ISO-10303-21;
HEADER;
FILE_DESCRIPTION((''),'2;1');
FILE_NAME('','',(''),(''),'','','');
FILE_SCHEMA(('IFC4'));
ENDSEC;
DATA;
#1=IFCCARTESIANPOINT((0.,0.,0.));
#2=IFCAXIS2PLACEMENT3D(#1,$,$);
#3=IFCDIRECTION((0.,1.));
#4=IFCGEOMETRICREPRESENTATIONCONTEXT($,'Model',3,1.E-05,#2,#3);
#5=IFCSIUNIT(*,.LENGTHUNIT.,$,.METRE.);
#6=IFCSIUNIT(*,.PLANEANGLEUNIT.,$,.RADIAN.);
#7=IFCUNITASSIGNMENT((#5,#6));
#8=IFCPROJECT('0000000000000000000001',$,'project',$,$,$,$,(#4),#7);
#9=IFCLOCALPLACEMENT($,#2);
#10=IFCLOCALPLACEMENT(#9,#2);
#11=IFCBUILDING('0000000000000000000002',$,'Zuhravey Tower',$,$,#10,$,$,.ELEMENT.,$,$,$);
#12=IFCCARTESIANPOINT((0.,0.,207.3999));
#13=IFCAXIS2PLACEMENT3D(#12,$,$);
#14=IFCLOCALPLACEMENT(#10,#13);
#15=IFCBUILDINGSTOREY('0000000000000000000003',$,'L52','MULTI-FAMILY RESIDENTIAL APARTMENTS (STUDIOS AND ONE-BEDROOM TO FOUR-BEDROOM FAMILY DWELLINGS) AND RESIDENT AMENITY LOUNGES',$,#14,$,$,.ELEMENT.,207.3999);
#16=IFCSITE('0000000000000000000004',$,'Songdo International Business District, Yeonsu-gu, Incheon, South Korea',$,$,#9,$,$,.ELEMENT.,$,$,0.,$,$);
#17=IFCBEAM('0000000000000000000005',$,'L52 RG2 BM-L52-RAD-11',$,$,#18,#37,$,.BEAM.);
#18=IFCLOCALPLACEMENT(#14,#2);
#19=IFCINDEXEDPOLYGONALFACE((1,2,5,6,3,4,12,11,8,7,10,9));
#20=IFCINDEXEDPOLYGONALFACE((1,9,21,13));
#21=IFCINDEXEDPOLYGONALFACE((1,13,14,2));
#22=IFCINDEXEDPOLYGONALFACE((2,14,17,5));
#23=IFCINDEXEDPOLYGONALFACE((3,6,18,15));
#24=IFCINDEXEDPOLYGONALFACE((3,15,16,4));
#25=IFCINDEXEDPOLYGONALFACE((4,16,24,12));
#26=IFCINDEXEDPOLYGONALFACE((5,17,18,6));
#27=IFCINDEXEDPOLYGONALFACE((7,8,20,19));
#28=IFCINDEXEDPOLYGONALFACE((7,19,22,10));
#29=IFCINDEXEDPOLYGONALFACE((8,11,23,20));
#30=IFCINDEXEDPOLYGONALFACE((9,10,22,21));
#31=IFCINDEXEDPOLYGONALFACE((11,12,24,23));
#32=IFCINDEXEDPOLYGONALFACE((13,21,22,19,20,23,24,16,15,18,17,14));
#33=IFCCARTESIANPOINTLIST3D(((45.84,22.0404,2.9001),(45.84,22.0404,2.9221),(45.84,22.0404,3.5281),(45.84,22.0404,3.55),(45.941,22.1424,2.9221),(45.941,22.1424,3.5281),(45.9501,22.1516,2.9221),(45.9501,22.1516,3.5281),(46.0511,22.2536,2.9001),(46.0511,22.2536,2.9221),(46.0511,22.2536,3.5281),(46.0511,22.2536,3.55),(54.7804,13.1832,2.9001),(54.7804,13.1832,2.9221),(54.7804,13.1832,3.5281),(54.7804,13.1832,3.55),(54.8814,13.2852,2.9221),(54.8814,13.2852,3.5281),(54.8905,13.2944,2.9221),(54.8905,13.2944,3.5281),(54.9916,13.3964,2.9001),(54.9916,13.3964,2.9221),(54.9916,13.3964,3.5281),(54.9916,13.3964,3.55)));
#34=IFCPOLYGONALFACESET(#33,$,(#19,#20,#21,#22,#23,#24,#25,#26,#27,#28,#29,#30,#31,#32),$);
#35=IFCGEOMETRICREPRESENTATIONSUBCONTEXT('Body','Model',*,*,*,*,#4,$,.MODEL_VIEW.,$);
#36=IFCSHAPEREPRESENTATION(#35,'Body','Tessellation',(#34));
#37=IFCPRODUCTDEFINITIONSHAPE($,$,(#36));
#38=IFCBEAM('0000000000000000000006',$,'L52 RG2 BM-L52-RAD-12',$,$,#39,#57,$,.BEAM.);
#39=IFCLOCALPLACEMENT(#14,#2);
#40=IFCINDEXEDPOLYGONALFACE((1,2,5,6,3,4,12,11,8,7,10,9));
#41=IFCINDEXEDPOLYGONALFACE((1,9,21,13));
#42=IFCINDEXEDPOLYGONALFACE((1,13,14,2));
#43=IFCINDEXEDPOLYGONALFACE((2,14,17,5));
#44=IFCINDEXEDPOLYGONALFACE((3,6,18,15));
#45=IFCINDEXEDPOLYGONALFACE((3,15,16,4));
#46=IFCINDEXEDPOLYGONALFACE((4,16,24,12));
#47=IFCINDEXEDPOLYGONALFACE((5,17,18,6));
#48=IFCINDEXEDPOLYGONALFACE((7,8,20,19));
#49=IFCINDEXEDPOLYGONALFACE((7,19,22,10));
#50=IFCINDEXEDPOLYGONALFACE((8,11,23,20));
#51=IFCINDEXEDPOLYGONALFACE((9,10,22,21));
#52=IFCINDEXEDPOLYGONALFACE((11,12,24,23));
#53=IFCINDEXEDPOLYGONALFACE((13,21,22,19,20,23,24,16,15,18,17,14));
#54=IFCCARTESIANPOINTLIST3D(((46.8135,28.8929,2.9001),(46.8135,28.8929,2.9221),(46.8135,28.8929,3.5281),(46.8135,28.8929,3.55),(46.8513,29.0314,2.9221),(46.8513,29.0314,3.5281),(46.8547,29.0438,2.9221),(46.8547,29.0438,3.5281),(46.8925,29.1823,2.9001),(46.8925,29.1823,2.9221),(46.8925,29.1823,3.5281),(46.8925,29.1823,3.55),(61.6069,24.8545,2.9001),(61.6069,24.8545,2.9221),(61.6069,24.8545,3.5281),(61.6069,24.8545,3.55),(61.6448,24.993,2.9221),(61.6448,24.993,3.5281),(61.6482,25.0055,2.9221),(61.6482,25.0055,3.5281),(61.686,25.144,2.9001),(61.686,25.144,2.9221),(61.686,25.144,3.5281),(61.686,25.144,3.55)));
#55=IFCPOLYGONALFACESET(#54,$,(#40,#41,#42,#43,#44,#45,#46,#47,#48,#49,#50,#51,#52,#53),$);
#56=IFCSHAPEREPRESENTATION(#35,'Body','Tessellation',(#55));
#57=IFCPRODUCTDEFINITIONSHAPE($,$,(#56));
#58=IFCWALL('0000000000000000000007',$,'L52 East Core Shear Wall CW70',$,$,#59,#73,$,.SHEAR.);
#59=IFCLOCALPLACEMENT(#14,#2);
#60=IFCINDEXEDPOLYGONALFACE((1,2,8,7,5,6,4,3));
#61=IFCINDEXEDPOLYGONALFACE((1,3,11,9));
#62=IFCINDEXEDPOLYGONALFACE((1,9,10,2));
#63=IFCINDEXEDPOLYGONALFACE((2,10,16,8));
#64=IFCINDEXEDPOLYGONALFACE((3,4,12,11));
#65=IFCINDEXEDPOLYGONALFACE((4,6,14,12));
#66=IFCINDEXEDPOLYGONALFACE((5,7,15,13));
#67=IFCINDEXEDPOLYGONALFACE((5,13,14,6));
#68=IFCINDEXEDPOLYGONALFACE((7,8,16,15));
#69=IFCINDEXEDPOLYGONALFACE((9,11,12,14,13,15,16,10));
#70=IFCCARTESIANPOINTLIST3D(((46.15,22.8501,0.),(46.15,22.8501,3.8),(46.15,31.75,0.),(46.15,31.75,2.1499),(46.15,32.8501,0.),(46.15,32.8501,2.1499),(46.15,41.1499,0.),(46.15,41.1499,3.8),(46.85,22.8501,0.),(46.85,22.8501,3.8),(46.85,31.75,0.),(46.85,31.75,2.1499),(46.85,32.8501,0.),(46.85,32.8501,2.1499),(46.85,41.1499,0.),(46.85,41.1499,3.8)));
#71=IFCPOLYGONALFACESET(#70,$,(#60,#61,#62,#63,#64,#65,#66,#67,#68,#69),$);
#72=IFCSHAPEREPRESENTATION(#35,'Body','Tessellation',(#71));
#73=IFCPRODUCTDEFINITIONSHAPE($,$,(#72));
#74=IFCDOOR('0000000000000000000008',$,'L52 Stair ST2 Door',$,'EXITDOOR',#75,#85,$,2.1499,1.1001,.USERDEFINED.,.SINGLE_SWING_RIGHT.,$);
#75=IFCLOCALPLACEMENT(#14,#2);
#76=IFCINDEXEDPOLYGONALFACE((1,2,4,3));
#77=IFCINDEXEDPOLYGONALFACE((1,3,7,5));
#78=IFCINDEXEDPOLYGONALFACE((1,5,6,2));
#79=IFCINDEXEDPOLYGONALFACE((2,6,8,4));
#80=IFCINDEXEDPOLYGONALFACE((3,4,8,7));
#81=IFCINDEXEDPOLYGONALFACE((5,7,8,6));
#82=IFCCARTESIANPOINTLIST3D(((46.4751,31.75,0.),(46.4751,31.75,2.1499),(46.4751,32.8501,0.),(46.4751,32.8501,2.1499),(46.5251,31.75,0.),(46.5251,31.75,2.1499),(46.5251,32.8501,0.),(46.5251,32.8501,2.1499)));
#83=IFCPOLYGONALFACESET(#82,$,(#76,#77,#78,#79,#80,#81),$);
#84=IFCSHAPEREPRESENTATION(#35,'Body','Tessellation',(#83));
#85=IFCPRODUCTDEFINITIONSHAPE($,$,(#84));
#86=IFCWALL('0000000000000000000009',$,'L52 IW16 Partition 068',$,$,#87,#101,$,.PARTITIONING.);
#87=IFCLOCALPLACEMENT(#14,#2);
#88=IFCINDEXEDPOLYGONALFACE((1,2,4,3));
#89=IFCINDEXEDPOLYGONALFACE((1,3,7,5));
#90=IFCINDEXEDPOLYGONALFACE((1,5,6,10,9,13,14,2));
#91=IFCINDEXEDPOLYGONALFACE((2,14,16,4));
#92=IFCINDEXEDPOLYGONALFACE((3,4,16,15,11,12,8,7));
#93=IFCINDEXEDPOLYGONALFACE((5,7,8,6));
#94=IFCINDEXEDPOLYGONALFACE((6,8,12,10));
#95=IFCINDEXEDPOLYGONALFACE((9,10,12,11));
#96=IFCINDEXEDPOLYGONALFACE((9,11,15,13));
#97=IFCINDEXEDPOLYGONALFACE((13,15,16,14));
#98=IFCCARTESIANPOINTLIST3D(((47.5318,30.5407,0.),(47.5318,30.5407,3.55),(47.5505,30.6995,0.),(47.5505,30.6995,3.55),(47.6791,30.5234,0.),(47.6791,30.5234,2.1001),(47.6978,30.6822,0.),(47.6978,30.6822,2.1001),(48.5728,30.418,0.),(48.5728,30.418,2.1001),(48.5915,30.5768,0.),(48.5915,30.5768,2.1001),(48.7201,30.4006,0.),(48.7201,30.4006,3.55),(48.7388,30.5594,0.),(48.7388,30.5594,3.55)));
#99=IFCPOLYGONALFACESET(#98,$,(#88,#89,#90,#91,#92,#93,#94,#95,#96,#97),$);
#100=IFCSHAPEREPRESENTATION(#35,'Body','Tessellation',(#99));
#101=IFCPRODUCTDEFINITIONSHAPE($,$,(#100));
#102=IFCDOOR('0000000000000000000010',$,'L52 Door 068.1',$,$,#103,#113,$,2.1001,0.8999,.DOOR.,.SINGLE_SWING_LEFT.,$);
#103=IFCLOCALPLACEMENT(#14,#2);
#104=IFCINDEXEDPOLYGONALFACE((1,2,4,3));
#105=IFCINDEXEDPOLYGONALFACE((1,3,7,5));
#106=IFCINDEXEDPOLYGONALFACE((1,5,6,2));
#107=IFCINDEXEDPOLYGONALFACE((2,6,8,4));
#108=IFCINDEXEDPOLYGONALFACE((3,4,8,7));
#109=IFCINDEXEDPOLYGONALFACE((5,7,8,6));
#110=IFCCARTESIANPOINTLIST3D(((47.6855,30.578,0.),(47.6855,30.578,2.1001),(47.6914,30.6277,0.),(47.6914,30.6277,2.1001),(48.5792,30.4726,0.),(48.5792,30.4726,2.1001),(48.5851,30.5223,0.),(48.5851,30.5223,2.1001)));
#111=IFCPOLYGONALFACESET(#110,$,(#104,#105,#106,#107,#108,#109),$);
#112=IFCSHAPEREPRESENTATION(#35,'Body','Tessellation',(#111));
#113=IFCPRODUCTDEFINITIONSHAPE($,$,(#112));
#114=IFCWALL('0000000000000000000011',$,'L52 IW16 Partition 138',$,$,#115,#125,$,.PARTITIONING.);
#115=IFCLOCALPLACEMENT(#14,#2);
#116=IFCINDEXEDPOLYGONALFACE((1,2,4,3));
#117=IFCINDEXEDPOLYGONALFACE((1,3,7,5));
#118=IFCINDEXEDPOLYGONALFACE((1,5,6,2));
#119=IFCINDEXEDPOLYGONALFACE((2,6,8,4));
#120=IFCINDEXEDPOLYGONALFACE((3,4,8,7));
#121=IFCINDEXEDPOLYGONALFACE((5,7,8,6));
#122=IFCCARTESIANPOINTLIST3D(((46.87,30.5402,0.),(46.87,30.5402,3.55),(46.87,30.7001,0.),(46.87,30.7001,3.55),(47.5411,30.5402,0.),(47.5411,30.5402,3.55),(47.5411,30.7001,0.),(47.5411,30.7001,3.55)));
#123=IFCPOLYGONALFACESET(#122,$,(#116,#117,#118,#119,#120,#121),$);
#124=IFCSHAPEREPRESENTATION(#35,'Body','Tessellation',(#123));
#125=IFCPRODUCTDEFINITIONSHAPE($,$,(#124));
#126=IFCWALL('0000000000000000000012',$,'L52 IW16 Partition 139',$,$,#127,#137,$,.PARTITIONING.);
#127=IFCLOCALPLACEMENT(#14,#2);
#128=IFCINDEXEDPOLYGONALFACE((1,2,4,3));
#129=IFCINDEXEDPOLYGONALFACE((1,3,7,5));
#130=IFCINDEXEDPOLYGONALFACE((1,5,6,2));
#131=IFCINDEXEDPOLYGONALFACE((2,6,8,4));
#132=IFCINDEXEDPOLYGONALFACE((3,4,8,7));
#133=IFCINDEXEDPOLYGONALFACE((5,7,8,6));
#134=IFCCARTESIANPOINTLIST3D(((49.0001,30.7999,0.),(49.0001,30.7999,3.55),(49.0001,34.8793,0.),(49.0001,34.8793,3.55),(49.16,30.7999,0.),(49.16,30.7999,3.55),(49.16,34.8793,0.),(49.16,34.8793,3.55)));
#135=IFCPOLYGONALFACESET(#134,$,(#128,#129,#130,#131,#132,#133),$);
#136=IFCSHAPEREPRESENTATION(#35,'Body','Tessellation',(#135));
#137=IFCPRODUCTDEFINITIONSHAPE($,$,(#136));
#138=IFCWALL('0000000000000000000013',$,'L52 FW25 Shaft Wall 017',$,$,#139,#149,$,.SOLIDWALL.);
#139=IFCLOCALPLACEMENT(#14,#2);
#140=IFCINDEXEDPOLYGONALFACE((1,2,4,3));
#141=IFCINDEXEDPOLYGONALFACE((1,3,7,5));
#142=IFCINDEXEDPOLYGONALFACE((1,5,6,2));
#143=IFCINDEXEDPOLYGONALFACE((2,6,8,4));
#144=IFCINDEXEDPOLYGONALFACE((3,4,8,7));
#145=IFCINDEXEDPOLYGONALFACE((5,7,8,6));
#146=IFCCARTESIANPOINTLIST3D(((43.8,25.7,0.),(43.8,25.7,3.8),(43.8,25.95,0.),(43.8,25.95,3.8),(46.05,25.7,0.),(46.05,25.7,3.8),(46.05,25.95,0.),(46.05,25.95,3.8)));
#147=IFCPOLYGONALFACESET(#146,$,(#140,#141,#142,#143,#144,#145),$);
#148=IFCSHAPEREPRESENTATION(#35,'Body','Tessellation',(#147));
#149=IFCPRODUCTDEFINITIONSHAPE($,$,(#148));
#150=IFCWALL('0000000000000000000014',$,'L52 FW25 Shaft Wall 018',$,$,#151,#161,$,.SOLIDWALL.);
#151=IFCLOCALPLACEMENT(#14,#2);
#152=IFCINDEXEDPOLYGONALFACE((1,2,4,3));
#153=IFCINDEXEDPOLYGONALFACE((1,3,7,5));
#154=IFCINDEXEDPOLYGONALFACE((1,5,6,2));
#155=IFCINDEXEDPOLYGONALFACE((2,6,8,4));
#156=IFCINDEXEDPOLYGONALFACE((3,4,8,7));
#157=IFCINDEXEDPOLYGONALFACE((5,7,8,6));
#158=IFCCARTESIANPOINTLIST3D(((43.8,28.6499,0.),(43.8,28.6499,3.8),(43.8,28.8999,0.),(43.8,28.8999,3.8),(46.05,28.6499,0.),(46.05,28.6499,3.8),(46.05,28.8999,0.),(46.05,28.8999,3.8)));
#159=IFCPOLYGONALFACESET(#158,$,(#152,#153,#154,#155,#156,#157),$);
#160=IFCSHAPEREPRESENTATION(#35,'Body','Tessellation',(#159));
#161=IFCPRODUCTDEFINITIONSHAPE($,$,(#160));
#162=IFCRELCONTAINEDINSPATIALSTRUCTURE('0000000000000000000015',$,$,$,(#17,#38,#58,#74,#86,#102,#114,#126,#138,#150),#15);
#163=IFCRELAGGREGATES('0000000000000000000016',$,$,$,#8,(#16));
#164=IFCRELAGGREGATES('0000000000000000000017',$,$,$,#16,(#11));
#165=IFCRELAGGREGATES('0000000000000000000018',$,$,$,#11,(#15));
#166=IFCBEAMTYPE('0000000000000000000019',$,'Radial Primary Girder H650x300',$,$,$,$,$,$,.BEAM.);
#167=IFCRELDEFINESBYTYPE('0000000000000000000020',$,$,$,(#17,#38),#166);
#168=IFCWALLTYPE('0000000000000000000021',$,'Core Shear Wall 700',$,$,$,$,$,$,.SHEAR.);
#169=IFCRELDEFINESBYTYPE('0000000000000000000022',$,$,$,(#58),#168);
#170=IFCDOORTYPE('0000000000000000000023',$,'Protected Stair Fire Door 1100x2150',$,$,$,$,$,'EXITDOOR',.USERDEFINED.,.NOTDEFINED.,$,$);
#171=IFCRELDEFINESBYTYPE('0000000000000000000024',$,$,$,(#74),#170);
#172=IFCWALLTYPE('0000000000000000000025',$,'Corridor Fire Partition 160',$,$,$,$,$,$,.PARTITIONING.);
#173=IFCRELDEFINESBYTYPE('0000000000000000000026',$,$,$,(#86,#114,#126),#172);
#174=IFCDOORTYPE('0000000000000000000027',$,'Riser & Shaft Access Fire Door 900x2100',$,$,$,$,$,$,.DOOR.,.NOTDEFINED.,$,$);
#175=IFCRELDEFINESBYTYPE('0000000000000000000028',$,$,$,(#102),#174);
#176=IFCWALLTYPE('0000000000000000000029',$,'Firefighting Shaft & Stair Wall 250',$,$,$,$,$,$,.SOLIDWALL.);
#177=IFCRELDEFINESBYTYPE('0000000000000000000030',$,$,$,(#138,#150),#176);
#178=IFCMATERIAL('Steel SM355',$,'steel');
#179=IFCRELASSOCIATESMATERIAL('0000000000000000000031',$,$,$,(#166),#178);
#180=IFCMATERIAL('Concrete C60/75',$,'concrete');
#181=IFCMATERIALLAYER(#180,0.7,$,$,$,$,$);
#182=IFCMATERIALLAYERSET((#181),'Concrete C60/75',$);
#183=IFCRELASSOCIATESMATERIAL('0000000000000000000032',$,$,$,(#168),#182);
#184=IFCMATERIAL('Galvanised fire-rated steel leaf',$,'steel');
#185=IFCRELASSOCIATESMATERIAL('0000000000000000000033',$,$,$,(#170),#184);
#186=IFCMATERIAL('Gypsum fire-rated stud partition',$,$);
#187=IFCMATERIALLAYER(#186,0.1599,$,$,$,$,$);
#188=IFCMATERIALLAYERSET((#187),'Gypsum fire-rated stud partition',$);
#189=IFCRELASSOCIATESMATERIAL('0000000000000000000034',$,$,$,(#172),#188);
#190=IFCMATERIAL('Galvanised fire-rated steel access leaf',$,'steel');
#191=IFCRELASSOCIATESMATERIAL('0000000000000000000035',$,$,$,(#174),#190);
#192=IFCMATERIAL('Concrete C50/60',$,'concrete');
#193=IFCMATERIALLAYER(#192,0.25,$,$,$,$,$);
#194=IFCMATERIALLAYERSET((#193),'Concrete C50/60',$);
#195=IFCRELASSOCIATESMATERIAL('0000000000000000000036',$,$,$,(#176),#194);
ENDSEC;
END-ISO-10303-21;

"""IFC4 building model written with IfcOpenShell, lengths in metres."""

from ifc_helpers import new_model, si_unit, direction, frame, frame_2d, origin, origin_2d, place, context, subcontext, project, spatial, rectangle, i_section, extrude, material, layer, layer_set, material_profile, profile_set, type_object, element, fill, save


model = new_model("IFC4")

# Units and contexts
model_context = context("Model", 3, precision=1e-05, world=origin(), true_north=direction((0.0, 1.0)))
body_context = subcontext(model_context, "Body", "Model", "MODEL_VIEW")
ifc_project = project(units=[si_unit("LENGTHUNIT", "METRE"), si_unit("PLANEANGLEUNIT", "RADIAN")], contexts=[model_context])

# Site, building, storey
site_placement = place(None, origin())
site = spatial("IfcSite", under=ifc_project, at=site_placement, Name="Songdo International Business District, Yeonsu-gu, Incheon, South Korea", CompositionType="ELEMENT", RefElevation=0.0)
building_placement = place(site_placement, origin())
building = spatial("IfcBuilding", under=site, at=building_placement, Name="Zuhravey Tower", CompositionType="ELEMENT")
storey_placement = place(building_placement, frame((0.0, 0.0, 207.3999)))
storey = spatial("IfcBuildingStorey", under=building, at=storey_placement, Name="L52", Description="MULTI-FAMILY RESIDENTIAL APARTMENTS (STUDIOS AND ONE-BEDROOM TO FOUR-BEDROOM FAMILY DWELLINGS) AND RESIDENT AMENITY LOUNGES", CompositionType="ELEMENT", Elevation=207.3999)

# Beams
ifc_material_1 = material(Name="Steel SM355", Category="steel")
ifc_material_profile = material_profile(ifc_material_1, i_section(OverallWidth=0.3, OverallDepth=0.6499, WebThickness=0.0129, FlangeThickness=0.022, at=origin_2d()), Name="H-650x300x13x22")
ifc_profile_set = profile_set([ifc_material_profile], Name="Steel SM355")
beam_type = type_object("IfcBeamType", Name="Radial Primary Girder H650x300", PredefinedType="BEAM", material=ifc_profile_set)
beam_1_placement = place(storey_placement, frame((45.9456, 22.147, 3.2251), z_axis=(0.710407, -0.703791, 0.0), x_axis=(0.703791, 0.710407, 0.0)))
element("IfcBeam", 1, at=beam_1_placement, inside=storey, type_object=beam_type, Name="L52 RG2 BM-L52-RAD-11", PredefinedType="BEAM", context=body_context, shape_type="SweptSolid", body=[
    extrude(i_section(OverallWidth=0.3, OverallDepth=0.6499, WebThickness=0.0129, FlangeThickness=0.022, at=origin_2d()), origin(), (0.0, 0.0, 1.0), 12.585),
])
beam_2_placement = place(storey_placement, frame((46.853, 29.0376, 3.2251), z_axis=(0.964702, -0.263345, 0.0), x_axis=(0.263345, 0.964702, 0.0)))
element("IfcBeam", 2, at=beam_2_placement, inside=storey, type_object=beam_type, Name="L52 RG2 BM-L52-RAD-12", PredefinedType="BEAM", context=body_context, shape_type="SweptSolid", body=[
    extrude(i_section(OverallWidth=0.3, OverallDepth=0.6499, WebThickness=0.0129, FlangeThickness=0.022, at=origin_2d()), origin(), (0.0, 0.0, 1.0), 15.3347),
])

# Walls, openings, doors
ifc_material_2 = material(Name="Concrete C60/75", Category="concrete")
ifc_layer_1 = layer(ifc_material_2, 0.7)
ifc_layer_set_1 = layer_set([ifc_layer_1], Name="Concrete C60/75")
wall_type_1 = type_object("IfcWallType", Name="Core Shear Wall 700", PredefinedType="SHEAR", material=ifc_layer_set_1)
wall_1_placement = place(storey_placement, frame((46.5, 22.8501, 0.0), z_axis=(0.0, 0.0, 1.0), x_axis=(0.0, 1.0, 0.0)))
wall_1 = element("IfcWall", 3, at=wall_1_placement, inside=storey, type_object=wall_type_1, Name="L52 East Core Shear Wall CW70", PredefinedType="SHEAR", context=body_context, shape_type="SweptSolid", body=[
    extrude(rectangle(XDim=18.2998, YDim=0.7, at=frame_2d((9.1499, 0.0))), origin(), (0.0, 0.0, 1.0), 3.8),
])
opening_1_placement = place(wall_1_placement, frame((8.8999, 0.0, 0.0)))
opening_1 = element("IfcOpeningElement", 4, at=opening_1_placement, cuts=wall_1, PredefinedType="OPENING", context=body_context, shape_type="SweptSolid", body=[
    extrude(rectangle(XDim=1.1001, YDim=2.1499, at=frame_2d((0.55, 1.075))), frame((0.0, 0.3621, 0.0), z_axis=(0.0, -1.0, 0.0), x_axis=(1.0, 0.0, 0.0)), (0.0, 0.0, 1.0), 0.7239),
])
ifc_material_3 = material(Name="Galvanised fire-rated steel leaf", Category="steel")
door_type_1 = type_object("IfcDoorType", Name="Protected Stair Fire Door 1100x2150", ElementType="EXITDOOR", OperationType="NOTDEFINED", PredefinedType="USERDEFINED", material=ifc_material_3)
door_1_placement = place(opening_1_placement, origin())
door_1 = element("IfcDoor", 5, at=door_1_placement, inside=storey, type_object=door_type_1, Name="L52 Stair ST2 Door", ObjectType="EXITDOOR", OperationType="SINGLE_SWING_RIGHT", OverallHeight=2.1499, OverallWidth=1.1001, PredefinedType="USERDEFINED", context=body_context, shape_type="SweptSolid", body=[
    extrude(rectangle(XDim=1.1001, YDim=2.1499, at=frame_2d((0.55, 1.075))), frame((0.0, 0.0249, 0.0), z_axis=(0.0, -1.0, 0.0), x_axis=(1.0, 0.0, 0.0)), (0.0, 0.0, 1.0), 0.05),
])
fill(opening_1, door_1)
ifc_material_4 = material(Name="Gypsum fire-rated stud partition")
ifc_layer_2 = layer(ifc_material_4, 0.1599)
ifc_layer_set_2 = layer_set([ifc_layer_2], Name="Gypsum fire-rated stud partition")
wall_type_2 = type_object("IfcWallType", Name="Corridor Fire Partition 160", PredefinedType="PARTITIONING", material=ifc_layer_set_2)
wall_2_placement = place(storey_placement, frame((47.5413, 30.6201, 0.0), z_axis=(0.0, 0.0, 1.0), x_axis=(0.993117, -0.117125, 0.0)))
wall_2 = element("IfcWall", 6, at=wall_2_placement, inside=storey, type_object=wall_type_2, Name="L52 IW16 Partition 068", PredefinedType="PARTITIONING", context=body_context, shape_type="SweptSolid", body=[
    extrude(rectangle(XDim=1.1965, YDim=0.1599, at=frame_2d((0.5981, 0.0))), origin(), (0.0, 0.0, 1.0), 3.55),
])
opening_2_placement = place(wall_2_placement, frame((0.1482, 0.0, 0.0)))
opening_2 = element("IfcOpeningElement", 7, at=opening_2_placement, cuts=wall_2, PredefinedType="OPENING", context=body_context, shape_type="SweptSolid", body=[
    extrude(rectangle(XDim=0.8999, YDim=2.1001, at=frame_2d((0.45, 1.05))), frame((0.0, 0.092, 0.0), z_axis=(0.0, -1.0, 0.0), x_axis=(1.0, 0.0, 0.0)), (0.0, 0.0, 1.0), 0.1838),
])
ifc_material_5 = material(Name="Galvanised fire-rated steel access leaf", Category="steel")
door_type_2 = type_object("IfcDoorType", Name="Riser & Shaft Access Fire Door 900x2100", OperationType="NOTDEFINED", PredefinedType="DOOR", material=ifc_material_5)
door_2_placement = place(opening_2_placement, frame((0.8999, 0.0, 0.0), z_axis=(0.0, 0.0, 1.0), x_axis=(-1.0, 0.0, 0.0)))
door_2 = element("IfcDoor", 8, at=door_2_placement, inside=storey, type_object=door_type_2, Name="L52 Door 068.1", OperationType="SINGLE_SWING_LEFT", OverallHeight=2.1001, OverallWidth=0.8999, PredefinedType="DOOR", context=body_context, shape_type="SweptSolid", body=[
    extrude(rectangle(XDim=0.8999, YDim=2.1001, at=frame_2d((0.45, 1.05))), frame((0.0, 0.0249, 0.0), z_axis=(0.0, -1.0, 0.0), x_axis=(1.0, 0.0, 0.0)), (0.0, 0.0, 1.0), 0.05),
])
fill(opening_2, door_2)

# Walls
wall_3_placement = place(storey_placement, frame((46.8701, 30.6201, 0.0), z_axis=(0.0, 0.0, 1.0), x_axis=(1.0, 0.0, 0.0)))
element("IfcWall", 9, at=wall_3_placement, inside=storey, type_object=wall_type_2, Name="L52 IW16 Partition 138", PredefinedType="PARTITIONING", context=body_context, shape_type="SweptSolid", body=[
    extrude(rectangle(XDim=0.6711, YDim=0.1599, at=frame_2d((0.3354, 0.0))), origin(), (0.0, 0.0, 1.0), 3.55),
])
wall_4_placement = place(storey_placement, frame((49.0801, 30.8, 0.0), z_axis=(0.0, 0.0, 1.0), x_axis=(0.0, 1.0, 0.0)))
element("IfcWall", 10, at=wall_4_placement, inside=storey, type_object=wall_type_2, Name="L52 IW16 Partition 139", PredefinedType="PARTITIONING", context=body_context, shape_type="SweptSolid", body=[
    extrude(rectangle(XDim=4.0793, YDim=0.1599, at=frame_2d((2.0396, 0.0))), origin(), (0.0, 0.0, 1.0), 3.55),
])
ifc_material_6 = material(Name="Concrete C50/60", Category="concrete")
ifc_layer_3 = layer(ifc_material_6, 0.25)
ifc_layer_set_3 = layer_set([ifc_layer_3], Name="Concrete C50/60")
wall_type_3 = type_object("IfcWallType", Name="Firefighting Shaft & Stair Wall 250", PredefinedType="SOLIDWALL", material=ifc_layer_set_3)
for number, where, z_axis, x_axis, name in (
    (11, (43.8, 25.825, 0.0), (0.0, 0.0, 1.0), (1.0, 0.0, 0.0), "L52 FW25 Shaft Wall 017"),
    (12, (43.8, 28.7749, 0.0), (0.0, 0.0, 1.0), (1.0, 0.0, 0.0), "L52 FW25 Shaft Wall 018"),
):
    element("IfcWall", number, at=place(storey_placement, frame(where, z_axis=z_axis, x_axis=x_axis)), inside=storey, type_object=wall_type_3, Name=name, PredefinedType="SOLIDWALL", context=body_context, shape_type="SweptSolid", body=[
        extrude(rectangle(XDim=2.25, YDim=0.25, at=frame_2d((1.125, 0.0))), origin(), (0.0, 0.0, 1.0), 3.8),
    ])

save(model, "model.ifc")
